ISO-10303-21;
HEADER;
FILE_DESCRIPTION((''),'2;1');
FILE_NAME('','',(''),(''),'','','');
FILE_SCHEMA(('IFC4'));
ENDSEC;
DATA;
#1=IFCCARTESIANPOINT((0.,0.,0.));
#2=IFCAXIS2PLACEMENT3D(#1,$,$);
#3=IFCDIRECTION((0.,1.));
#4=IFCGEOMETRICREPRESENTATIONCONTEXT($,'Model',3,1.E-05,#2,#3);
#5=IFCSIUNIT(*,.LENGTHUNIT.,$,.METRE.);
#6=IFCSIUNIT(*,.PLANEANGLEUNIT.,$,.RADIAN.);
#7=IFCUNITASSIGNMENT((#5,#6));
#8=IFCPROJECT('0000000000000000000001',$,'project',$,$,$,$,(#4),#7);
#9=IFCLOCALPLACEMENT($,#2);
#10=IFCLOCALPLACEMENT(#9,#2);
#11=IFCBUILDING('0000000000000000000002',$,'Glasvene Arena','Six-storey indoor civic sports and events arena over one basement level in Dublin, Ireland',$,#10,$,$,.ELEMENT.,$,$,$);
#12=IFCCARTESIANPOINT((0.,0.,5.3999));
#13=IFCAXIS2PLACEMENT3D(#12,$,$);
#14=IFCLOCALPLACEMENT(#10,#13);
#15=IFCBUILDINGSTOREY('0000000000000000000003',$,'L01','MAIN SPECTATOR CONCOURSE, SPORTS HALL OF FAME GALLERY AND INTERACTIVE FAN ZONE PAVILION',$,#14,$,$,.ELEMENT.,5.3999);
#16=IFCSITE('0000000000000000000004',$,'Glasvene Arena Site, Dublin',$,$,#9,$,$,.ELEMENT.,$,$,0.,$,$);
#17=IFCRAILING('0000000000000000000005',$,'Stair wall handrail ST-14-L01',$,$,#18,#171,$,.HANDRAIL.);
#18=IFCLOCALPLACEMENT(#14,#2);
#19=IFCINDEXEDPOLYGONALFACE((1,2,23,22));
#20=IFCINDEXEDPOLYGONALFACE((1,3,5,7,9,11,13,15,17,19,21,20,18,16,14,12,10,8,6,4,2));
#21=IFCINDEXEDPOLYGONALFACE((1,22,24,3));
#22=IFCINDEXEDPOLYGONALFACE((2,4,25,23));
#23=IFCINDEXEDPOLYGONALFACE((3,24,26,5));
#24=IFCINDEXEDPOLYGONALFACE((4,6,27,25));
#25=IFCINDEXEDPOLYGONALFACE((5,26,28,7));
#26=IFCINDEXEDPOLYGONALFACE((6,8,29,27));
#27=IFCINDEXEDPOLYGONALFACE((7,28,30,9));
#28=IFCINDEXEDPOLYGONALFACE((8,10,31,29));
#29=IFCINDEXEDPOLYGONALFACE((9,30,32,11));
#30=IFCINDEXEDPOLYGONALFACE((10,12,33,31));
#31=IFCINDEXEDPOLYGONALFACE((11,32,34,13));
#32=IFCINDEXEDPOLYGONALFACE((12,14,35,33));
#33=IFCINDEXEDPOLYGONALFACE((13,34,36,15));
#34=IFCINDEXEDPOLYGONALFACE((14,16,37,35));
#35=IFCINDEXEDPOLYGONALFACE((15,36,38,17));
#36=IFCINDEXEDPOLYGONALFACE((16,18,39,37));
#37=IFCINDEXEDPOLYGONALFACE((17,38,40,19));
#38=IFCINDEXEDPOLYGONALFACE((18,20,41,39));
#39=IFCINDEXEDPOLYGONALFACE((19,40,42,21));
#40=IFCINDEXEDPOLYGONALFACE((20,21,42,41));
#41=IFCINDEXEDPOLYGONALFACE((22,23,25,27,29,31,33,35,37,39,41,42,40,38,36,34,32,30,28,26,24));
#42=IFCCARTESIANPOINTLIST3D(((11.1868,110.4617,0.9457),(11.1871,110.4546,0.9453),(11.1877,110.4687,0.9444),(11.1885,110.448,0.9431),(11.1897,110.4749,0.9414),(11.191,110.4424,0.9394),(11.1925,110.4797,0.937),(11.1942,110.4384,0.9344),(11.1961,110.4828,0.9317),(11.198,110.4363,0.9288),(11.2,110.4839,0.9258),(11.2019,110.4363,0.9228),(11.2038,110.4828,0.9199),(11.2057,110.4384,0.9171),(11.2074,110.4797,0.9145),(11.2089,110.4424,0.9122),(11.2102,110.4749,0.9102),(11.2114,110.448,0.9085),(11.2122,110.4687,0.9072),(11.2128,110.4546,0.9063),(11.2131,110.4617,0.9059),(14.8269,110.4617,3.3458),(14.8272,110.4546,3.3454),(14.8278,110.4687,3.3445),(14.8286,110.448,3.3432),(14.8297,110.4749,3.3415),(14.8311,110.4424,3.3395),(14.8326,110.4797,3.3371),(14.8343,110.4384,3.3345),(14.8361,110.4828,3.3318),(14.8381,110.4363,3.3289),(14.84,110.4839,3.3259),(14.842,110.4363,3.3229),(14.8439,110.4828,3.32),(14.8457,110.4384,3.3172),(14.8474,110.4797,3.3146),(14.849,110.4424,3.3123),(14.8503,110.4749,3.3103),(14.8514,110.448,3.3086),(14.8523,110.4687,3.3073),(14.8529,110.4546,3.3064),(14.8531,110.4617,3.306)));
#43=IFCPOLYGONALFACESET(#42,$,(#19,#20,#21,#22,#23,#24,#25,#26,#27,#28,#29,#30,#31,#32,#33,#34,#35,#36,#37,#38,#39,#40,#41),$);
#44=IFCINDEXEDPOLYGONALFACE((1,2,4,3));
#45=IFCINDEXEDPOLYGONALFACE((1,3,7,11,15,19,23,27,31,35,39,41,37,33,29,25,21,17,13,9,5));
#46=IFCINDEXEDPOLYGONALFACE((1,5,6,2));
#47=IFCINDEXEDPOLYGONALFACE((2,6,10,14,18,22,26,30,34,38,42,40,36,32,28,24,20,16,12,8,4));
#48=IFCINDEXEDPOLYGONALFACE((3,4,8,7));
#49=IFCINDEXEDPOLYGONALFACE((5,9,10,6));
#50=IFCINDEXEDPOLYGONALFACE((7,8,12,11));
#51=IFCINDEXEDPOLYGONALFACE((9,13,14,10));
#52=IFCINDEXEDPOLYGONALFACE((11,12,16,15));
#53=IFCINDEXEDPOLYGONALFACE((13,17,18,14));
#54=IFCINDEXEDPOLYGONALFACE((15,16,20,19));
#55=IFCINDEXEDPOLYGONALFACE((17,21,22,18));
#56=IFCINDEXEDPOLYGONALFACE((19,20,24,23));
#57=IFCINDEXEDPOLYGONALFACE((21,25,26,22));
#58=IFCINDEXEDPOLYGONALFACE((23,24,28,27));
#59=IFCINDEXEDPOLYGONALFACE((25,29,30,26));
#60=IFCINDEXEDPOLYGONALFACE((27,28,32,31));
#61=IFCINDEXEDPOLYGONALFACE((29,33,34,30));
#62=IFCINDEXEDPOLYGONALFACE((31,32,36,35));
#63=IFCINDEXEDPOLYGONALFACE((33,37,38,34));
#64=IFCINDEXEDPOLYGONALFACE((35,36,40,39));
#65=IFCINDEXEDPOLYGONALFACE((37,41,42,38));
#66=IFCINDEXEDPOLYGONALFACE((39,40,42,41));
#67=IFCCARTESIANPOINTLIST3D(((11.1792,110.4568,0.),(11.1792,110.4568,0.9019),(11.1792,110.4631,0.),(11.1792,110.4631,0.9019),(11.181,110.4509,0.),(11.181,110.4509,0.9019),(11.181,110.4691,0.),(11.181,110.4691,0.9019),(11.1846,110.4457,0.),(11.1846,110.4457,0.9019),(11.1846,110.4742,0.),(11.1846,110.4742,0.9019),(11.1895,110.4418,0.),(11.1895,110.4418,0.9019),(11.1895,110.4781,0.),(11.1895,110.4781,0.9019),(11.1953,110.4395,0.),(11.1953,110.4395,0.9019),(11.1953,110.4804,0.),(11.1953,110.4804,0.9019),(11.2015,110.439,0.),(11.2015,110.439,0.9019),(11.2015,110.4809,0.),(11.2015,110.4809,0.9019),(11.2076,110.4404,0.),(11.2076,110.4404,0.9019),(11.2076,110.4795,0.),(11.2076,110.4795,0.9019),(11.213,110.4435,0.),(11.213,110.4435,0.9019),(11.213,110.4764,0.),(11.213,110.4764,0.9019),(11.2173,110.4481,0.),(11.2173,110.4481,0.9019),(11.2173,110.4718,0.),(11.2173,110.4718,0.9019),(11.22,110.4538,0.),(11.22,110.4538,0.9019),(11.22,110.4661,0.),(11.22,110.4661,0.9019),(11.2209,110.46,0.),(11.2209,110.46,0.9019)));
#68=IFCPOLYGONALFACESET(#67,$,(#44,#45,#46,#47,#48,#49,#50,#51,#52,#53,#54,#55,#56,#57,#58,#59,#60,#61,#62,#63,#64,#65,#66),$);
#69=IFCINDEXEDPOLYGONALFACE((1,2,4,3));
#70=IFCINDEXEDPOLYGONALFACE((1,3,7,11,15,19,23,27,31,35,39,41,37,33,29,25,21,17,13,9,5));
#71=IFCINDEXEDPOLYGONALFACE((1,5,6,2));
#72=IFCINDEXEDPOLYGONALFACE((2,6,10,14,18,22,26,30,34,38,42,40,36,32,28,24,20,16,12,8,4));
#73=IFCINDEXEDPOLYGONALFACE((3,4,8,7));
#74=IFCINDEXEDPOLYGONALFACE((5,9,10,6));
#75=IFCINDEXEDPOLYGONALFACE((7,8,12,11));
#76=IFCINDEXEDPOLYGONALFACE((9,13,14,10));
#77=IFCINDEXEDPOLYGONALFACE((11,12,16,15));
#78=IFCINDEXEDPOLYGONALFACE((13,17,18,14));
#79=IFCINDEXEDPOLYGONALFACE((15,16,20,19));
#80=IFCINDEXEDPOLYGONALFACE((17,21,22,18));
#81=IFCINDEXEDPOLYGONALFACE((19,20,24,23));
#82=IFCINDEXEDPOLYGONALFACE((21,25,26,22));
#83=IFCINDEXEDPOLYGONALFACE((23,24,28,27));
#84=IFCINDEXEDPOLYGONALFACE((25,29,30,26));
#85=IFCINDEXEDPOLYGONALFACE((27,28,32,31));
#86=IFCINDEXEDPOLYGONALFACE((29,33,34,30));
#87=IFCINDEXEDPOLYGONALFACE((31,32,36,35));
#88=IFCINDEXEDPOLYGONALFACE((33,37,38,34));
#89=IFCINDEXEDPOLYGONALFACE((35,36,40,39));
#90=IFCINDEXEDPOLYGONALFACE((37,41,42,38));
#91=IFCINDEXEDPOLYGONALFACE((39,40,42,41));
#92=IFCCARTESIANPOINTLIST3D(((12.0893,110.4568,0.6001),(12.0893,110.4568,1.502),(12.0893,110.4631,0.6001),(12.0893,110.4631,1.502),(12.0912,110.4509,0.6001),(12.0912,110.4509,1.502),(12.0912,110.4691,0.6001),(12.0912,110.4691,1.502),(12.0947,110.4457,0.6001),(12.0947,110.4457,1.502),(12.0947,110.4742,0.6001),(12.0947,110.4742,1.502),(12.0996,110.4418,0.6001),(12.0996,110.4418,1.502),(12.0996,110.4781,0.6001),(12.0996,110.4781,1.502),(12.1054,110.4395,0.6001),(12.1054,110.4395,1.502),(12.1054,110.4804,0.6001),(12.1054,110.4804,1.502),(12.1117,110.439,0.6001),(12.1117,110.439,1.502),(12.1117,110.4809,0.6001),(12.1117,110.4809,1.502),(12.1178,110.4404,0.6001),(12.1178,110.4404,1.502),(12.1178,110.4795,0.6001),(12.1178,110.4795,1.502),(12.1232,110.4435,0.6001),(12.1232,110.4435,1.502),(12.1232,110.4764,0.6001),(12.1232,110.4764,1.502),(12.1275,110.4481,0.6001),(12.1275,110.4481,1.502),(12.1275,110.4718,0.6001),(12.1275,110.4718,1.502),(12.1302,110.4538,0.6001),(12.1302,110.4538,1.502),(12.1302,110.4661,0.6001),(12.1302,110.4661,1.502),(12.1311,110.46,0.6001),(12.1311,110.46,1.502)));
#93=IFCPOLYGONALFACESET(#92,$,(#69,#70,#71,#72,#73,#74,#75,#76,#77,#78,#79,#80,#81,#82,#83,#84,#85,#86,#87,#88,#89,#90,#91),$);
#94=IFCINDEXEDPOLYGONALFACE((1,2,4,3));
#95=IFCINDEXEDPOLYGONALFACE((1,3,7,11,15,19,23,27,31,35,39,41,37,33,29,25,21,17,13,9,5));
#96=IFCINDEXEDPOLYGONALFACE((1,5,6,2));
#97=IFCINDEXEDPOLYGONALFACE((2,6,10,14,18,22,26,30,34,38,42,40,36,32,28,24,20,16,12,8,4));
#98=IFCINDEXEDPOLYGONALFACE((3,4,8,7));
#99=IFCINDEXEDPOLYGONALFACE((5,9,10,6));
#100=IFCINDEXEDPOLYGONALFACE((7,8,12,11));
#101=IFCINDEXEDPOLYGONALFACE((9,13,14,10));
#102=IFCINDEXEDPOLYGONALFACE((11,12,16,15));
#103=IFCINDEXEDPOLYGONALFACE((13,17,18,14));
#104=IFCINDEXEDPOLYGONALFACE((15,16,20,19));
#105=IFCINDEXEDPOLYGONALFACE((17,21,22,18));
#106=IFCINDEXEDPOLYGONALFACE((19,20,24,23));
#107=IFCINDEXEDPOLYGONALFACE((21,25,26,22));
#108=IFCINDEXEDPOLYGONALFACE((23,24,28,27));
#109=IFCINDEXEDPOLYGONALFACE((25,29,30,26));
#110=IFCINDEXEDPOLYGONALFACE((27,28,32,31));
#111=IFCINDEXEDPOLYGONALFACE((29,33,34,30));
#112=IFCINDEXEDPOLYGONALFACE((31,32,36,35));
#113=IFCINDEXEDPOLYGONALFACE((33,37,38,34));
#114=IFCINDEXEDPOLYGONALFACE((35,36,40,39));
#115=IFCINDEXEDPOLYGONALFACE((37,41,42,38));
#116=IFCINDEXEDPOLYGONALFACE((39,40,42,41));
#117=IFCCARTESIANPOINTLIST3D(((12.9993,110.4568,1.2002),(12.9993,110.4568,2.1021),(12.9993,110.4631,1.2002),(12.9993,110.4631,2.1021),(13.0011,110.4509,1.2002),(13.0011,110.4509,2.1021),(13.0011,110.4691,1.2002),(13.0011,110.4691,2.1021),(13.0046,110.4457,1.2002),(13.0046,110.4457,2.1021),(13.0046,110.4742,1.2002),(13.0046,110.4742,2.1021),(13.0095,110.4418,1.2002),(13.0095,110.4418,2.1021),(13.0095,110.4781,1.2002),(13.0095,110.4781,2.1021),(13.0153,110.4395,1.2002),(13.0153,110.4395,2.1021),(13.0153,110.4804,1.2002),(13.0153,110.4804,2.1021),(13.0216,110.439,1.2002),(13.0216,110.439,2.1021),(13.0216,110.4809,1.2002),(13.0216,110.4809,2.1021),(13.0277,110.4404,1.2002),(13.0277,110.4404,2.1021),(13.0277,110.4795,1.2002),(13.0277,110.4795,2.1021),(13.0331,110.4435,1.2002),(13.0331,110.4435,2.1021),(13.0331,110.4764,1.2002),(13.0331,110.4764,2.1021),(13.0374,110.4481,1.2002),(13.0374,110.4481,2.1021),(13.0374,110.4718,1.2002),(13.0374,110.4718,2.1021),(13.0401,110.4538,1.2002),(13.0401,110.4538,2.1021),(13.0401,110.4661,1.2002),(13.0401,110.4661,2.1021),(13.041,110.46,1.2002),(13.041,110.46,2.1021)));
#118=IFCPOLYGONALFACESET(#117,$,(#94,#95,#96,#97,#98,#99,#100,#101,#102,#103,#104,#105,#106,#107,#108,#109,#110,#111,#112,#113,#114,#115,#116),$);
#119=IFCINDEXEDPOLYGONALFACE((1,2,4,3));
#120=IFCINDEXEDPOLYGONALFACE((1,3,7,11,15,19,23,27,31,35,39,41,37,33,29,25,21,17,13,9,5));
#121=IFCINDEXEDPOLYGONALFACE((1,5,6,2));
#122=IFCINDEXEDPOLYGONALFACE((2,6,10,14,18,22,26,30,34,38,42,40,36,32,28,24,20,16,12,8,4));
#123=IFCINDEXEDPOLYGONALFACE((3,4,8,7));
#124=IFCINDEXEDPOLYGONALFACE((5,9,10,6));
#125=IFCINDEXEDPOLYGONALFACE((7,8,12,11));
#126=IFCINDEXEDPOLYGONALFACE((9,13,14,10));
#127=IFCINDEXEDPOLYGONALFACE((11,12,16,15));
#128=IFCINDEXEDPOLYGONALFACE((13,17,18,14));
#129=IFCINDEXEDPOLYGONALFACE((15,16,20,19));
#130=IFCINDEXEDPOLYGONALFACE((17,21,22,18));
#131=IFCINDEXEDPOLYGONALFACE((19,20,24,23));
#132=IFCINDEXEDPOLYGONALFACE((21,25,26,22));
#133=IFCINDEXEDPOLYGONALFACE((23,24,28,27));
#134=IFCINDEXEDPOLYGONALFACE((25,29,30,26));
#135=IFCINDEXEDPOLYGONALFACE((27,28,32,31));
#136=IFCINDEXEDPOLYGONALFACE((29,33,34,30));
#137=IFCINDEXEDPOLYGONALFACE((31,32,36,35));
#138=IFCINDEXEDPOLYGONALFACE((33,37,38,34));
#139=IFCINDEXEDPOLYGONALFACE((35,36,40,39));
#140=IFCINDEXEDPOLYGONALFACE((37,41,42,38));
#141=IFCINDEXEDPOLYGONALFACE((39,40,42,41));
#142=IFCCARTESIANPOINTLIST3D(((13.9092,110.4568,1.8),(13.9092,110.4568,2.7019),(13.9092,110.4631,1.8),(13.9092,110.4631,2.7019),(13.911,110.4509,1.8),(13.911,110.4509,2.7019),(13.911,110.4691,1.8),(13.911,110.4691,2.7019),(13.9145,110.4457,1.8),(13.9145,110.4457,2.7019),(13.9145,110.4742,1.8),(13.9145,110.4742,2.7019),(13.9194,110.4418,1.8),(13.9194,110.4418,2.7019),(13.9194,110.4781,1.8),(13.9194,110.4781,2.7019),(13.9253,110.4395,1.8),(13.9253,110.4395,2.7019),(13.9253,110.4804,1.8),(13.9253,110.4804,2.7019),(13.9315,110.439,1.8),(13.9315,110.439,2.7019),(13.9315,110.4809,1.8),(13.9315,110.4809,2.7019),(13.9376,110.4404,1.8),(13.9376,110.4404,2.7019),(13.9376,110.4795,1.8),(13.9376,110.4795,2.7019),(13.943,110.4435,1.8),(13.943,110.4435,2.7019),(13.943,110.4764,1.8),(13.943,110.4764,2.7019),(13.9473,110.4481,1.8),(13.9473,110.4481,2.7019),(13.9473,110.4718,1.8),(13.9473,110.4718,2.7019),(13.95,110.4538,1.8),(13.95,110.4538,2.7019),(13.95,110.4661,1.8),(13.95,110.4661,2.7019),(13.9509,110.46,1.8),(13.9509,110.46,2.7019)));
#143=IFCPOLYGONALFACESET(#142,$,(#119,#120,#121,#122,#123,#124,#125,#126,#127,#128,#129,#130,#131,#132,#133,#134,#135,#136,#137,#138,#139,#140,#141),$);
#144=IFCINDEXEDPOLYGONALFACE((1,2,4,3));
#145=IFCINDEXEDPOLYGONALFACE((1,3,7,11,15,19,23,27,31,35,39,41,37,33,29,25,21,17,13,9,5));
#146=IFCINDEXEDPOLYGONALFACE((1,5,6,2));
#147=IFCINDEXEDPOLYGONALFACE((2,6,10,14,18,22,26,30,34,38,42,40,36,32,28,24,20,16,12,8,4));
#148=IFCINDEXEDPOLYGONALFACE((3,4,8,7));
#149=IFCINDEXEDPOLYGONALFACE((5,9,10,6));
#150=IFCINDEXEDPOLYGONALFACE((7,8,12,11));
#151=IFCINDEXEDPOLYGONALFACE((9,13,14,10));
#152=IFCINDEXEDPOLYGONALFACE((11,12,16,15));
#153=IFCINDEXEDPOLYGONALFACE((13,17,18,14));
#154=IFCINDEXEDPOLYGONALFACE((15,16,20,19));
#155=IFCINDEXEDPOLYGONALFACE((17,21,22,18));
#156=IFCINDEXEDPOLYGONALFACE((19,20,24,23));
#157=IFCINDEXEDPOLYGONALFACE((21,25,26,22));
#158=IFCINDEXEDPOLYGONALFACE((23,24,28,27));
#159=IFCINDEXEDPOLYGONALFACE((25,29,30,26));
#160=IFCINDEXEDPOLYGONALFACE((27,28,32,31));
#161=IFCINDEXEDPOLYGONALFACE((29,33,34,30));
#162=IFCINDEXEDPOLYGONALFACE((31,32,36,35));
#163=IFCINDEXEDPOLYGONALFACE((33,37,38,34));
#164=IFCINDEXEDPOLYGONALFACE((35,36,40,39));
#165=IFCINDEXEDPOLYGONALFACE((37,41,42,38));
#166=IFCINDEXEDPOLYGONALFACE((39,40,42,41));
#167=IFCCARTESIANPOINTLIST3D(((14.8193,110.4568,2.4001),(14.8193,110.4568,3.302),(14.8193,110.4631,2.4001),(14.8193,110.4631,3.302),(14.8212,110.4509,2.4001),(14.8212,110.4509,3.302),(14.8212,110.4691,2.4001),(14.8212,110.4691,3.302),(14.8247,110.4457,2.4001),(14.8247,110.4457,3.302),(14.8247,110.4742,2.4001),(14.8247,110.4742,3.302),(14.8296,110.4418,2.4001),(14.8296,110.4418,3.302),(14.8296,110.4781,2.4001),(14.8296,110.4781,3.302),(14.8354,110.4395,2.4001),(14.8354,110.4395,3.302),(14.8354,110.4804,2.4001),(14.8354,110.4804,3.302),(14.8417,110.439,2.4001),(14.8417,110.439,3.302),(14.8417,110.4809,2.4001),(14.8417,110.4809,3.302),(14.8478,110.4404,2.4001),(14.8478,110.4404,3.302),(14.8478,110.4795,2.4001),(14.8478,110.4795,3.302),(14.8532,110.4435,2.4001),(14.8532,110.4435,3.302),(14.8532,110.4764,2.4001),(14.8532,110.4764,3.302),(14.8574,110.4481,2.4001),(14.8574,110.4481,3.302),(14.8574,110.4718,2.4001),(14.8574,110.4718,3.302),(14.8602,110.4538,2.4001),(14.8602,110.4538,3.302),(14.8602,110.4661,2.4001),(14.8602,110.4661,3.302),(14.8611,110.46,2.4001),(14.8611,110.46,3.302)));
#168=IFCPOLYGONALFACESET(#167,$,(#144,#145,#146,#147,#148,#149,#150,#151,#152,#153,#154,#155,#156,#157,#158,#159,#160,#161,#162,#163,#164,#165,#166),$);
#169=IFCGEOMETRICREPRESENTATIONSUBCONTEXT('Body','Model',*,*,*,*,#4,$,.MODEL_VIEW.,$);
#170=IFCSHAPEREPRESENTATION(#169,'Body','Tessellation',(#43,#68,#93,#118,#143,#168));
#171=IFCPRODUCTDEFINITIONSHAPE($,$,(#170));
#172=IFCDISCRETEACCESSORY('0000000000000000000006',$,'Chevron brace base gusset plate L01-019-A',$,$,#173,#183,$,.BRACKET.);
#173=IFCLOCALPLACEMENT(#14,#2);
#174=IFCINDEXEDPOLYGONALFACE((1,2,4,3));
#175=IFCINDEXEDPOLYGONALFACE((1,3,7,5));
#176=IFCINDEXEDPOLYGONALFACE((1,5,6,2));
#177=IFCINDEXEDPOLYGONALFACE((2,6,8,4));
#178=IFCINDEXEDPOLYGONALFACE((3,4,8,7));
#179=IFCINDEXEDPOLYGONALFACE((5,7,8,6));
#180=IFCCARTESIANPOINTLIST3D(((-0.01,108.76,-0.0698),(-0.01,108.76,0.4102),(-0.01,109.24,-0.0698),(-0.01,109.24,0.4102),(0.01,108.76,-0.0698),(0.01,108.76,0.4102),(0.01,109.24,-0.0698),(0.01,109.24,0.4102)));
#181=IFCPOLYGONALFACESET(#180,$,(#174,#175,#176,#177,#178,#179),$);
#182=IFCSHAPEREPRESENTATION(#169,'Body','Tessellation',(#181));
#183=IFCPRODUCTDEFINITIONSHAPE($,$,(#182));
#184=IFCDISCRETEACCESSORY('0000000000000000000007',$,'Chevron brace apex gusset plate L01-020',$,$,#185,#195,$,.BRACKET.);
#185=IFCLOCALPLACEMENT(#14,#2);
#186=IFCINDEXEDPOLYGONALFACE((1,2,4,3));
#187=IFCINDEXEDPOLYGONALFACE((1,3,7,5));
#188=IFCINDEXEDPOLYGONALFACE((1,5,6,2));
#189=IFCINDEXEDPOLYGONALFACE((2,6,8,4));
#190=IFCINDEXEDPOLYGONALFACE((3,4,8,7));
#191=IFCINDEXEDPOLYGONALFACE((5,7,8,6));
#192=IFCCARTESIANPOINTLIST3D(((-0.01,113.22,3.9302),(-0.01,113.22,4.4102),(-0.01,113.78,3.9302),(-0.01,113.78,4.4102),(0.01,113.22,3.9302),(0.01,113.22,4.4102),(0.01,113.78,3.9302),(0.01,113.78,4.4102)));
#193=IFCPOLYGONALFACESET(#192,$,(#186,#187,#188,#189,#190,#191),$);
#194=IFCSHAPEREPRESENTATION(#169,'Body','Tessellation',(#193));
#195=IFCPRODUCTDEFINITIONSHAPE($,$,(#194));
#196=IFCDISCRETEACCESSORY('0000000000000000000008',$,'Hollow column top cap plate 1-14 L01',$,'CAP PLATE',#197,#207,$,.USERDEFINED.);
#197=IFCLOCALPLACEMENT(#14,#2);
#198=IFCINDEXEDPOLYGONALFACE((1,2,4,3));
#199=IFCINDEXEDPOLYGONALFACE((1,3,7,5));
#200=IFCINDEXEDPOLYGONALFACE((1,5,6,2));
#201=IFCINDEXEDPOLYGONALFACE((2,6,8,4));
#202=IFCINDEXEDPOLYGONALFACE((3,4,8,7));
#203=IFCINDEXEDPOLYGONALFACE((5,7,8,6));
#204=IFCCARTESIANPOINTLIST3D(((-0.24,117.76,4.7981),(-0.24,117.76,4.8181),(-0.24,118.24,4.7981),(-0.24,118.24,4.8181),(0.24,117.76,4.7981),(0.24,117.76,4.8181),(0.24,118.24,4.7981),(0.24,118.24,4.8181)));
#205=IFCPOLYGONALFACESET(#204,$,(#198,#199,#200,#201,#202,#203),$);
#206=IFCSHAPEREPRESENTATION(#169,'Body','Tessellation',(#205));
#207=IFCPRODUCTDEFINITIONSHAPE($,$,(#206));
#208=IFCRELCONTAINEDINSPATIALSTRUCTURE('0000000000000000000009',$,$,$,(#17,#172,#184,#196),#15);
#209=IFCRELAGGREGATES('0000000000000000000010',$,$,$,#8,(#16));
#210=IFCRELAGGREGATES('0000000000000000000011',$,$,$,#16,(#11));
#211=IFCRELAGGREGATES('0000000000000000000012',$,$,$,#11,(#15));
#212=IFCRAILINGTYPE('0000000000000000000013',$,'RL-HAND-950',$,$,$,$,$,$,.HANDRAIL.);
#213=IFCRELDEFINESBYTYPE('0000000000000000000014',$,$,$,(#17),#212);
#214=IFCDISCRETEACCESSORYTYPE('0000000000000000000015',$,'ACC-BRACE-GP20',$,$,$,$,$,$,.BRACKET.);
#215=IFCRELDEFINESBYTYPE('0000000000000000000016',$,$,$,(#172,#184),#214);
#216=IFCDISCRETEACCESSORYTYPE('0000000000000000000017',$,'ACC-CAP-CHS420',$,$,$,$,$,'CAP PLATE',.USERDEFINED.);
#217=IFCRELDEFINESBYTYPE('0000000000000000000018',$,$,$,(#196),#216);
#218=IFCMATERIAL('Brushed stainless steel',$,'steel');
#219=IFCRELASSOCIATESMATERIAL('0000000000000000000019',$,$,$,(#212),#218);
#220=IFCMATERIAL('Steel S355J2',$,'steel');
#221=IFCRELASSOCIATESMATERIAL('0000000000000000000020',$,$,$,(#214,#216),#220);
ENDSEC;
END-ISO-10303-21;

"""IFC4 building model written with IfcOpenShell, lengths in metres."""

from ifc_helpers import new_model, si_unit, direction, frame, origin, origin_2d, place, context, subcontext, project, spatial, rectangle, circle, extrude, material, type_object, element, save


model = new_model("IFC4")

# Units and contexts
model_context = context("Model", 3, precision=1e-05, world=origin(), true_north=direction((0.0, 1.0)))
body_context = subcontext(model_context, "Body", "Model", "MODEL_VIEW")
ifc_project = project(units=[si_unit("LENGTHUNIT", "METRE"), si_unit("PLANEANGLEUNIT", "RADIAN")], contexts=[model_context])

# Site, building, storey
site_placement = place(None, origin())
site = spatial("IfcSite", under=ifc_project, at=site_placement, Name="Glasvene Arena Site, Dublin", CompositionType="ELEMENT", RefElevation=0.0)
building_placement = place(site_placement, origin())
building = spatial("IfcBuilding", under=site, at=building_placement, Name="Glasvene Arena", Description="Six-storey indoor civic sports and events arena over one basement level in Dublin, Ireland", CompositionType="ELEMENT")
storey_placement = place(building_placement, frame((0.0, 0.0, 5.3999)))
storey = spatial("IfcBuildingStorey", under=building, at=storey_placement, Name="L01", Description="MAIN SPECTATOR CONCOURSE, SPORTS HALL OF FAME GALLERY AND INTERACTIVE FAN ZONE PAVILION", CompositionType="ELEMENT", Elevation=5.3999)

# Shared definitions
ifc_material_1 = material(Name="Steel S355J2", Category="steel")

# Railing
ifc_material_2 = material(Name="Brushed stainless steel", Category="steel")
railing_type_1 = type_object("IfcRailingType", Name="RL-HAND-950", PredefinedType="HANDRAIL", material=ifc_material_2)
railing_1_placement = place(storey_placement, frame((11.2, 110.46, 0.0)))
element("IfcRailing", 1, at=railing_1_placement, inside=storey, type_object=railing_type_1, Name="Stair wall handrail ST-14-L01", PredefinedType="HANDRAIL", context=body_context, shape_type="SweptSolid", body=[
    extrude(circle(Radius=0.0239, at=origin_2d()), frame((0.0, 0.0, 0.9258), z_axis=(0.834856, 0.0, 0.550468), x_axis=(0.0, 1.0, 0.0)), (0.0, 0.0, 1.0), 4.3601),
    extrude(circle(Radius=0.021, at=origin_2d()), origin(), (0.0, 0.0, 1.0), 0.9019),
    extrude(circle(Radius=0.021, at=origin_2d()), frame((0.9102, 0.0, 0.6001)), (0.0, 0.0, 1.0), 0.9019),
    extrude(circle(Radius=0.021, at=origin_2d()), frame((1.8201, 0.0, 1.2002)), (0.0, 0.0, 1.0), 0.9019),
    extrude(circle(Radius=0.021, at=origin_2d()), frame((2.73, 0.0, 1.8)), (0.0, 0.0, 1.0), 0.9019),
    extrude(circle(Radius=0.021, at=origin_2d()), frame((3.6401, 0.0, 2.4001)), (0.0, 0.0, 1.0), 0.9019),
])

# Discrete accessories
discrete_accessory_type_1 = type_object("IfcDiscreteAccessoryType", Name="ACC-BRACE-GP20", PredefinedType="BRACKET", material=ifc_material_1)
discrete_accessory_1_placement = place(storey_placement, frame((0.0, 109.0, -0.0698), z_axis=(0.0, 0.0, 1.0), x_axis=(1.0, 0.0, 0.0)))
element("IfcDiscreteAccessory", 2, at=discrete_accessory_1_placement, inside=storey, type_object=discrete_accessory_type_1, Name="Chevron brace base gusset plate L01-019-A", PredefinedType="BRACKET", context=body_context, shape_type="SweptSolid", body=[
    extrude(rectangle(XDim=0.02, YDim=0.48, at=origin_2d()), origin(), (0.0, 0.0, 1.0), 0.48),
])
discrete_accessory_2_placement = place(storey_placement, frame((0.0, 113.5, 3.9302), z_axis=(0.0, 0.0, 1.0), x_axis=(1.0, 0.0, 0.0)))
element("IfcDiscreteAccessory", 3, at=discrete_accessory_2_placement, inside=storey, type_object=discrete_accessory_type_1, Name="Chevron brace apex gusset plate L01-020", PredefinedType="BRACKET", context=body_context, shape_type="SweptSolid", body=[
    extrude(rectangle(XDim=0.02, YDim=0.5601, at=origin_2d()), origin(), (0.0, 0.0, 1.0), 0.48),
])
discrete_accessory_type_2 = type_object("IfcDiscreteAccessoryType", Name="ACC-CAP-CHS420", ElementType="CAP PLATE", PredefinedType="USERDEFINED", material=ifc_material_1)
for number, where, z_axis, x_axis, name in (
    (4, (0.0, 118.0, 4.7981), (0.0, 0.0, 1.0), (1.0, 0.0, 0.0), "Hollow column top cap plate 1-14 L01"),
):
    element("IfcDiscreteAccessory", number, at=place(storey_placement, frame(where, z_axis=z_axis, x_axis=x_axis)), inside=storey, type_object=discrete_accessory_type_2, Name=name, ObjectType="CAP PLATE", PredefinedType="USERDEFINED", context=body_context, shape_type="SweptSolid", body=[
        extrude(rectangle(XDim=0.48, YDim=0.48, at=origin_2d()), origin(), (0.0, 0.0, 1.0), 0.02),
    ])

save(model, "model.ifc")
